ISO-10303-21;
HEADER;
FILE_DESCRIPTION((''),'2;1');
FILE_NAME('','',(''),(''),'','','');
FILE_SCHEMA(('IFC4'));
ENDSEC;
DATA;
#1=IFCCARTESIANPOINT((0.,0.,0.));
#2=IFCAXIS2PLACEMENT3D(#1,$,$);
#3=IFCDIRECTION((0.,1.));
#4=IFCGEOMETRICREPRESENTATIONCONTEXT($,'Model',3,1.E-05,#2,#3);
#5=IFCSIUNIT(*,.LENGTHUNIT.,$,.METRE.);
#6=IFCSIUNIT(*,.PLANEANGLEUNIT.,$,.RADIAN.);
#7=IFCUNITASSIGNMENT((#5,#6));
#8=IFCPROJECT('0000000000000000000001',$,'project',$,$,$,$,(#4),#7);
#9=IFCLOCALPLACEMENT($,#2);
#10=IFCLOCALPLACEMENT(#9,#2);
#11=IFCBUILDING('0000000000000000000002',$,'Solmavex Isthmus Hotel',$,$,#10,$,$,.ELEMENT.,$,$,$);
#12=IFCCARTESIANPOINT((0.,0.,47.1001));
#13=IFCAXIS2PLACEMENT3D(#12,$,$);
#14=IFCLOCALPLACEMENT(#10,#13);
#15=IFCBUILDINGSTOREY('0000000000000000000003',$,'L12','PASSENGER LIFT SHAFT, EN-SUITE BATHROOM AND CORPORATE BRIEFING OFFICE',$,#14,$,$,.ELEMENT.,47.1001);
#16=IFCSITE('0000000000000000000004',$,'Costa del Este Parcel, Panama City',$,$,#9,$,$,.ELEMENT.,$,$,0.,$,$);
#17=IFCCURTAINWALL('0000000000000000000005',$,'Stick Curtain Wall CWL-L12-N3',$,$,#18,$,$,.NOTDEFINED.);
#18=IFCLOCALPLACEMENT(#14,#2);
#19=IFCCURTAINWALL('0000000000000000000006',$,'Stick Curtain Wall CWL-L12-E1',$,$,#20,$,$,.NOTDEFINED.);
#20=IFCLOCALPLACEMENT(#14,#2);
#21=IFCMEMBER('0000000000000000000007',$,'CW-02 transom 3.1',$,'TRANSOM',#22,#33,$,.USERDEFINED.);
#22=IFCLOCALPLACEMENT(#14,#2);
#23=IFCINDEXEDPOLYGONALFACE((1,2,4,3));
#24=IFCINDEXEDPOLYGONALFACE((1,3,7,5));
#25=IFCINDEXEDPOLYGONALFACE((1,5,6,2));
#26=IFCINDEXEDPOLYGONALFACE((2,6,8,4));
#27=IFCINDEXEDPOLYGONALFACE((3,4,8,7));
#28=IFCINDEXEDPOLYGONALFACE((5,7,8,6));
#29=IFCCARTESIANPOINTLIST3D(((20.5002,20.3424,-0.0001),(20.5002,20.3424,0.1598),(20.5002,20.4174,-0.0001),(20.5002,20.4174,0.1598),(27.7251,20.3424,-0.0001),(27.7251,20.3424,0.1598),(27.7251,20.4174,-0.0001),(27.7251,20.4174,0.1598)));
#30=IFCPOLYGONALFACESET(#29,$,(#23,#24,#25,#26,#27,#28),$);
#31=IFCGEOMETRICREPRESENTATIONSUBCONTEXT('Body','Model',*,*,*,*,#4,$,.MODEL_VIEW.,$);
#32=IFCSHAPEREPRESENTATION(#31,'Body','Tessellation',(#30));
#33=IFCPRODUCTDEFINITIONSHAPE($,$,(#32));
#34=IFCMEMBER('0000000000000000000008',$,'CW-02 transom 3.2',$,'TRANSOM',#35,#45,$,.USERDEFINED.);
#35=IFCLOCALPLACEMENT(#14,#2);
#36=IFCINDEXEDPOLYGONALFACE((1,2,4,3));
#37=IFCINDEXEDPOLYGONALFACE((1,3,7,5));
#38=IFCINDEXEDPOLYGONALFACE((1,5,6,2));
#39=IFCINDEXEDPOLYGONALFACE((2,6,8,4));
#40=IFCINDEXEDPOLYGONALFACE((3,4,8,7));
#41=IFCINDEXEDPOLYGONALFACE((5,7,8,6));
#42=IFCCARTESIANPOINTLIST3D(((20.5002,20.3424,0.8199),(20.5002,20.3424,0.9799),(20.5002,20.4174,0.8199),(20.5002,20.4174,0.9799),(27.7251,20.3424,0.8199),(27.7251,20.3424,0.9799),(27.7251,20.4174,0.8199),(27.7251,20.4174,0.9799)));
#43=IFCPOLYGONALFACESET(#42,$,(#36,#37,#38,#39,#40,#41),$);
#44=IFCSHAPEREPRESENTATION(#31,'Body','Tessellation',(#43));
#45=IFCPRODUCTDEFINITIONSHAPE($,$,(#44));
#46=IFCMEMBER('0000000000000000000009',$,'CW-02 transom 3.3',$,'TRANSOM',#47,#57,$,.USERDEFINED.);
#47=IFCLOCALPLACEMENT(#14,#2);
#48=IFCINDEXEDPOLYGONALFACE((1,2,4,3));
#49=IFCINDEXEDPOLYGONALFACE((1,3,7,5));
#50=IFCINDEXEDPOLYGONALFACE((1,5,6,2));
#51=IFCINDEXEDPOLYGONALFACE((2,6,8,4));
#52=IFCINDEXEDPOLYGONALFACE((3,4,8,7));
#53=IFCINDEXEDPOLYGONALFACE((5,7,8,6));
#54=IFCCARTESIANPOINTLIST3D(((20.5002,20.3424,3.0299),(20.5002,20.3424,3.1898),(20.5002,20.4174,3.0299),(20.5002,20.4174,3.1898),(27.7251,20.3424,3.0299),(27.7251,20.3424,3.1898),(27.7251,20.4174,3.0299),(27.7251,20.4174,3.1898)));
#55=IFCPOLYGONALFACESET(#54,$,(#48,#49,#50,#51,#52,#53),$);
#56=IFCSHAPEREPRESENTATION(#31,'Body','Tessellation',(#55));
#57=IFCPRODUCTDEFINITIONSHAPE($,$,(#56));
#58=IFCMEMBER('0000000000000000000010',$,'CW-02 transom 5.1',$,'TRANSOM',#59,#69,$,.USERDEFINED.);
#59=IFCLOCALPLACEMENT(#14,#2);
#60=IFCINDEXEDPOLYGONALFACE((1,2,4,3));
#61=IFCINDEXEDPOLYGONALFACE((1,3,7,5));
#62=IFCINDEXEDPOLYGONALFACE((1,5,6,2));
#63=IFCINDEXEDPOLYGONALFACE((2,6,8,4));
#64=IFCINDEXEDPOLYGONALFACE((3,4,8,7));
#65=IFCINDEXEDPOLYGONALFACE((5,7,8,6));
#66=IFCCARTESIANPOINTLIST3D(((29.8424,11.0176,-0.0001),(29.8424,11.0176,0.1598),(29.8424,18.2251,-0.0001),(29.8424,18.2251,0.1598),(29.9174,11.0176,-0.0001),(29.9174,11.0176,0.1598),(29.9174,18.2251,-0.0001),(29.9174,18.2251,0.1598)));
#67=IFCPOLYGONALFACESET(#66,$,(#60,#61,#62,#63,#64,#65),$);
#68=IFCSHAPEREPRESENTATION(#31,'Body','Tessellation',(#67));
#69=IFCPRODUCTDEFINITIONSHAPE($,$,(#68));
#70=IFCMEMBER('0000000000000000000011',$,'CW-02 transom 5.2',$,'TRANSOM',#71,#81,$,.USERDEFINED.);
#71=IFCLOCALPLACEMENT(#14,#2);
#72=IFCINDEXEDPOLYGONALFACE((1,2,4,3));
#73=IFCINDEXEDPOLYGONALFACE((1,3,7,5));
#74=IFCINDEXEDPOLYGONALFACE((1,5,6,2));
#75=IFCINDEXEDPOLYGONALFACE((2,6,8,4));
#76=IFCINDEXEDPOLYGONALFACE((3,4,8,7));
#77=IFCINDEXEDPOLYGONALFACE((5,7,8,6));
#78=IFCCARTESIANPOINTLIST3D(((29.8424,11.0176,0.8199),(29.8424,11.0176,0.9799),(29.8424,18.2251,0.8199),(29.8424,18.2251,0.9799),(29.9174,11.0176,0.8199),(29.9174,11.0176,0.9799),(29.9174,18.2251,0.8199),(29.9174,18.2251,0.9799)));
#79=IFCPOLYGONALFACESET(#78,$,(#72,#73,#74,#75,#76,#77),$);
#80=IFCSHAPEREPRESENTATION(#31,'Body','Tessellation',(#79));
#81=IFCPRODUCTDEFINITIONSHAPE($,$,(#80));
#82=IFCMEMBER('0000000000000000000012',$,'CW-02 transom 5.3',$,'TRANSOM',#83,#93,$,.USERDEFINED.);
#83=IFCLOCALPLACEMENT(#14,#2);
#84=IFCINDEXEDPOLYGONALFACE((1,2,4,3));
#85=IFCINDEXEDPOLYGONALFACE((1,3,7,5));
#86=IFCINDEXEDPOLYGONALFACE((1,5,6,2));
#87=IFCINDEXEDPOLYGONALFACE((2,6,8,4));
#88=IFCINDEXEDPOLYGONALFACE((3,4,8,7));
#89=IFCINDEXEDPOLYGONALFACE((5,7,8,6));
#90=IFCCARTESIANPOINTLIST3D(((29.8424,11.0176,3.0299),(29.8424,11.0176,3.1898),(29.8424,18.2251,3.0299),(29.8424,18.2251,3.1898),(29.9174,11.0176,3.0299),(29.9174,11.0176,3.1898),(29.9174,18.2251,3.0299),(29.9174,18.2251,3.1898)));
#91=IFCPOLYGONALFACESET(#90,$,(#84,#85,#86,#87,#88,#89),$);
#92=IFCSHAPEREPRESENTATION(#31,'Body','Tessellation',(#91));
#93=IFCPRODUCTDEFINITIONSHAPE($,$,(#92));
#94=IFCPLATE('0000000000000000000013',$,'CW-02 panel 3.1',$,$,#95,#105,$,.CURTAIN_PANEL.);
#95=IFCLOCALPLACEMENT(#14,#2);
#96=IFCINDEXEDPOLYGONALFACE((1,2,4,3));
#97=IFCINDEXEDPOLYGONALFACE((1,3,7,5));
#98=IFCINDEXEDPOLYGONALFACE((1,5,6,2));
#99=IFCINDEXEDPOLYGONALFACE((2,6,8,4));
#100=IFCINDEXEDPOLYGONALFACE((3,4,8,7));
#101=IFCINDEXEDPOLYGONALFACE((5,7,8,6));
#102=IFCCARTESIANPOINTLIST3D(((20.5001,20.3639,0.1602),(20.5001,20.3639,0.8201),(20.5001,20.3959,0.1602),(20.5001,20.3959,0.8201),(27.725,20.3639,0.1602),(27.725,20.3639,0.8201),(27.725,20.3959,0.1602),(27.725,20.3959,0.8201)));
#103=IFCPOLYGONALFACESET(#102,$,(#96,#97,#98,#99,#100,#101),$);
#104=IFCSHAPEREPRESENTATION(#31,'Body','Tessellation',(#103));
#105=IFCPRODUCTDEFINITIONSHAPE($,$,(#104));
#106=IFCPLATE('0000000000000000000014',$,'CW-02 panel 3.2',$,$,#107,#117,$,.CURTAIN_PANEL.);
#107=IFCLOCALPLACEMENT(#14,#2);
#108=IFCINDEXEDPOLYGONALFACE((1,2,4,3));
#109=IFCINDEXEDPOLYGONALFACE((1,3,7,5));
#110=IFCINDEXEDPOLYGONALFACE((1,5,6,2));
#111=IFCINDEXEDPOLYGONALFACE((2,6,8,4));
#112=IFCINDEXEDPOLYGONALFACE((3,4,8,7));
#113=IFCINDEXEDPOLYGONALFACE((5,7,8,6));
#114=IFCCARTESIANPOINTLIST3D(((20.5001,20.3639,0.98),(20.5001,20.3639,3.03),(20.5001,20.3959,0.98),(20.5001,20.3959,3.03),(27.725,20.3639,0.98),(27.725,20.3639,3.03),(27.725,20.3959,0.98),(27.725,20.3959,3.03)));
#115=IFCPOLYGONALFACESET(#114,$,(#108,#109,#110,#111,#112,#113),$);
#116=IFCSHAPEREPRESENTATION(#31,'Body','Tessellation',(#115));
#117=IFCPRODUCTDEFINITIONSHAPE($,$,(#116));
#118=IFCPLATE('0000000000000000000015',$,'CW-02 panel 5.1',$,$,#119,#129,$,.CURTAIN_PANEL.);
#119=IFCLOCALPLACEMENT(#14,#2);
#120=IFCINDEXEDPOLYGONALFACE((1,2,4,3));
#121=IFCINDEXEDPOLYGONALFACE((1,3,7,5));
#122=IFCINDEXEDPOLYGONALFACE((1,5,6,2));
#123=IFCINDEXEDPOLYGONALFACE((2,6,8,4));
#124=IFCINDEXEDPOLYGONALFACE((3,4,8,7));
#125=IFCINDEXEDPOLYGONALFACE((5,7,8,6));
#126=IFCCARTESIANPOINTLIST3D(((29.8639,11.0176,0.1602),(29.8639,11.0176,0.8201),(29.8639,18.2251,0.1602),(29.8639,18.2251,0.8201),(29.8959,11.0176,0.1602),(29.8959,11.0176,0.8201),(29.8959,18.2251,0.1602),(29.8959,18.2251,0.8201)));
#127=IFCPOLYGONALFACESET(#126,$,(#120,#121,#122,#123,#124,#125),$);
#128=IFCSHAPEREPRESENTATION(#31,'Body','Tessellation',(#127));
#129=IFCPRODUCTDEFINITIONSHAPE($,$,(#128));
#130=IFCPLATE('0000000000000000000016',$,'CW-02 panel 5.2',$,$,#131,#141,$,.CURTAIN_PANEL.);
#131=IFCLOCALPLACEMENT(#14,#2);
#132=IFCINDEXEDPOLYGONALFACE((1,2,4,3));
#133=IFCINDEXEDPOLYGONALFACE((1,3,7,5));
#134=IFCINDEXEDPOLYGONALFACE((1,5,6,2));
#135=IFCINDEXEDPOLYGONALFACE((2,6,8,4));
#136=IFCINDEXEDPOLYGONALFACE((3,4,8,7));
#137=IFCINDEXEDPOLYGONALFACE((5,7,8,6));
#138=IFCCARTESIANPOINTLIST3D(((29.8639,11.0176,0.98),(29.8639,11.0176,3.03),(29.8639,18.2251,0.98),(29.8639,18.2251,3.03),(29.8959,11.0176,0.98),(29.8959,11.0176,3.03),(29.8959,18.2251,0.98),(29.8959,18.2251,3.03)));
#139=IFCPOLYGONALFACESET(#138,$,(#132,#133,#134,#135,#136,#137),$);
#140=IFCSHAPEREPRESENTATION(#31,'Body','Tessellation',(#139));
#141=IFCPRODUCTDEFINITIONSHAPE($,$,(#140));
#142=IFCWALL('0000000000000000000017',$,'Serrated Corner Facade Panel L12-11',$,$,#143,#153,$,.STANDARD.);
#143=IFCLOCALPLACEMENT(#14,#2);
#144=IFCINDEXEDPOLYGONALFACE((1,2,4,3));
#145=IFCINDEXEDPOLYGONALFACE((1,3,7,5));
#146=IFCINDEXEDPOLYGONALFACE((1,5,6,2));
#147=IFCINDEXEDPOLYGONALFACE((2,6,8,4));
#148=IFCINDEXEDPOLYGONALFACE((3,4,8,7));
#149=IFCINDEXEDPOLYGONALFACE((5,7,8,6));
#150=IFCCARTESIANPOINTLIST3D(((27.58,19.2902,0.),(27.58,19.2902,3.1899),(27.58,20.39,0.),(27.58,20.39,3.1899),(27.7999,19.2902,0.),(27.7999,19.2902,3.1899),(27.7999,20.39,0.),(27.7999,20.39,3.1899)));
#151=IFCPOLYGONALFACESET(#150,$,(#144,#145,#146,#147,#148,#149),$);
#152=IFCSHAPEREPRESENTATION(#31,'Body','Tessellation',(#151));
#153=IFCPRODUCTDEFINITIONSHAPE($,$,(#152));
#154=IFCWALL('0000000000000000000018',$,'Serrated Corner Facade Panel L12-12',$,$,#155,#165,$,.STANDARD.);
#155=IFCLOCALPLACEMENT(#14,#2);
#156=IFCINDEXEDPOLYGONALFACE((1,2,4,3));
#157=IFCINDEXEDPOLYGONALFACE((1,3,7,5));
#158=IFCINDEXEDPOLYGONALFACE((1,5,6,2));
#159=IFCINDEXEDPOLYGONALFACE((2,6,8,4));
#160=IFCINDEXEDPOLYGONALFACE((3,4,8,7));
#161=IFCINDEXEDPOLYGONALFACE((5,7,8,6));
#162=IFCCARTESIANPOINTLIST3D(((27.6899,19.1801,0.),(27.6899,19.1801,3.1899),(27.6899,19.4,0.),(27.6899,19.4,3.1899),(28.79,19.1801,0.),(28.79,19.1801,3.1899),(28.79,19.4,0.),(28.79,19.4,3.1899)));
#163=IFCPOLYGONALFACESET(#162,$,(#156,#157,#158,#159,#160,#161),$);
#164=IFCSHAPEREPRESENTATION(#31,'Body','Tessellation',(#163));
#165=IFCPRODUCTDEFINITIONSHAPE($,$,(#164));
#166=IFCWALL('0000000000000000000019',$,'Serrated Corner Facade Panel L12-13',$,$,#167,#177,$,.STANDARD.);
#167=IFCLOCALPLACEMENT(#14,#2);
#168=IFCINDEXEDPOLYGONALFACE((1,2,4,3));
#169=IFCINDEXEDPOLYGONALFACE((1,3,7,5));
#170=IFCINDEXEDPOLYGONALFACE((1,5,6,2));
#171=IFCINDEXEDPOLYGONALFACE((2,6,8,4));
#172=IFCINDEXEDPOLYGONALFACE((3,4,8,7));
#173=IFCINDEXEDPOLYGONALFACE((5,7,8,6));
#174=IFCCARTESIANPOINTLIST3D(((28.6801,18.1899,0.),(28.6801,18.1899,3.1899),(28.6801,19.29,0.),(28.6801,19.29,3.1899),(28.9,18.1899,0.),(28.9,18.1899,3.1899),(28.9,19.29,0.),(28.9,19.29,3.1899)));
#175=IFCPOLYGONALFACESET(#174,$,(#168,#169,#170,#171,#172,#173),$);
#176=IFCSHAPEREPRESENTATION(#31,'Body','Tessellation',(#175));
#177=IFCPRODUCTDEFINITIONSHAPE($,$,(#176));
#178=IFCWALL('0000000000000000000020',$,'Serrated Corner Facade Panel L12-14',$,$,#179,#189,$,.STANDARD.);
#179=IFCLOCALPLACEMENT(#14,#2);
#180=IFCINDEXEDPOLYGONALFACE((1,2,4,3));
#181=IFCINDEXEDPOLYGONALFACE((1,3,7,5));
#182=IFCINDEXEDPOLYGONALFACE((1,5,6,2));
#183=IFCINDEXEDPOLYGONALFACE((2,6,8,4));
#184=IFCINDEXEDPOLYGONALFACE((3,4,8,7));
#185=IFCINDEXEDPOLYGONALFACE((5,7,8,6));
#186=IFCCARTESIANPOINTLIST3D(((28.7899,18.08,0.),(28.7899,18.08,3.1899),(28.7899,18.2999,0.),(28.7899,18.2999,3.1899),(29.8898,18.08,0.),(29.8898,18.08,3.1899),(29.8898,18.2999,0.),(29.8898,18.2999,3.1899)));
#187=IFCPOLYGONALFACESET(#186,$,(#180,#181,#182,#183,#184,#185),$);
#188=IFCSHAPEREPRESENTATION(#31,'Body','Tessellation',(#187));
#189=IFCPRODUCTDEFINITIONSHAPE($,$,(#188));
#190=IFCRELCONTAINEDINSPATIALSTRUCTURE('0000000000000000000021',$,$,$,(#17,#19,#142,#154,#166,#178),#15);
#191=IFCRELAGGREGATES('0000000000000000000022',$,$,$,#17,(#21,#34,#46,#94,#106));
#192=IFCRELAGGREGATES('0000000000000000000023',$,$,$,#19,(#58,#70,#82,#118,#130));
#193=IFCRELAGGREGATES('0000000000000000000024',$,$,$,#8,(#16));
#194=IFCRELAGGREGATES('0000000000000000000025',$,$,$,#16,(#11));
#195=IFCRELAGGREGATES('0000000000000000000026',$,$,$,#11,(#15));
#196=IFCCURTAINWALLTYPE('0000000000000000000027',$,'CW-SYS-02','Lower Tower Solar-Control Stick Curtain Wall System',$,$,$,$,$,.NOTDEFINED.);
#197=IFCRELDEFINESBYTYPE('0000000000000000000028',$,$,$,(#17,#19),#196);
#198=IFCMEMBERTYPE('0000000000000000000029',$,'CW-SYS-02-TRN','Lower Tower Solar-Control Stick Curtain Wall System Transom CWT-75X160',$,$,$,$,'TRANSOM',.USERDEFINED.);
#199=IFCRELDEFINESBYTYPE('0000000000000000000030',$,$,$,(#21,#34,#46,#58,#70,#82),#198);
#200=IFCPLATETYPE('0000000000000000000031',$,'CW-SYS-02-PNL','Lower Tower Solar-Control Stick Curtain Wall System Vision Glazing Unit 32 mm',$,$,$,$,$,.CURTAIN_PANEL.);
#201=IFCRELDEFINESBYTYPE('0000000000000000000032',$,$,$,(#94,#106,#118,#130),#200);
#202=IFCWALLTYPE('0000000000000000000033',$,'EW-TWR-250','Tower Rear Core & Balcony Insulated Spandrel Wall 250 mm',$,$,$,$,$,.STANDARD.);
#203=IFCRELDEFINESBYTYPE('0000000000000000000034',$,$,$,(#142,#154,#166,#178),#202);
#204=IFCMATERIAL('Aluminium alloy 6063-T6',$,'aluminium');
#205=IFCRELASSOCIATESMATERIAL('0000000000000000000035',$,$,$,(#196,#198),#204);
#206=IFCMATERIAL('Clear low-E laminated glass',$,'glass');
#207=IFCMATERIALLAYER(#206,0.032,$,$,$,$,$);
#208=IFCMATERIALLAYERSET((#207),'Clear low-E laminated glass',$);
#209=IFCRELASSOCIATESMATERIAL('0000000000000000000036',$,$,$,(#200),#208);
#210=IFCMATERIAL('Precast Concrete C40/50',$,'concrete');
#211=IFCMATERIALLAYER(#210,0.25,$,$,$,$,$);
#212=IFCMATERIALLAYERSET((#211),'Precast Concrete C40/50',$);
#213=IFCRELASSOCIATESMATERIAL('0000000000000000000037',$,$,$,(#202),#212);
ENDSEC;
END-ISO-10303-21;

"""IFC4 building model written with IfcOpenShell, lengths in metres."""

from ifc_helpers import new_model, si_unit, direction, frame, frame_2d, origin, origin_2d, place, context, subcontext, project, spatial, rectangle, extrude, material, layer, layer_set, material_profile, profile_set, type_object, element, aggregate, save


model = new_model("IFC4")

# Units and contexts
model_context = context("Model", 3, precision=1e-05, world=origin(), true_north=direction((0.0, 1.0)))
body_context = subcontext(model_context, "Body", "Model", "MODEL_VIEW")
ifc_project = project(units=[si_unit("LENGTHUNIT", "METRE"), si_unit("PLANEANGLEUNIT", "RADIAN")], contexts=[model_context])

# Site, building, storey
site_placement = place(None, origin())
site = spatial("IfcSite", under=ifc_project, at=site_placement, Name="Costa del Este Parcel, Panama City", CompositionType="ELEMENT", RefElevation=0.0)
building_placement = place(site_placement, origin())
building = spatial("IfcBuilding", under=site, at=building_placement, Name="Solmavex Isthmus Hotel", CompositionType="ELEMENT")
storey_placement = place(building_placement, frame((0.0, 0.0, 47.1001)))
storey = spatial("IfcBuildingStorey", under=building, at=storey_placement, Name="L12", Description="PASSENGER LIFT SHAFT, EN-SUITE BATHROOM AND CORPORATE BRIEFING OFFICE", CompositionType="ELEMENT", Elevation=47.1001)

# Curtain wall
ifc_material_1 = material(Name="Aluminium alloy 6063-T6", Category="aluminium")
curtain_wall_type = type_object("IfcCurtainWallType", Name="CW-SYS-02", Description="Lower Tower Solar-Control Stick Curtain Wall System", PredefinedType="NOTDEFINED", material=ifc_material_1)
curtain_wall_1_placement = place(storey_placement, origin())
curtain_wall_1 = element("IfcCurtainWall", 1, at=curtain_wall_1_placement, inside=storey, type_object=curtain_wall_type, Name="Stick Curtain Wall CWL-L12-N3", PredefinedType="NOTDEFINED")

# Curtain wall
curtain_wall_2_placement = place(storey_placement, origin())
curtain_wall_2 = element("IfcCurtainWall", 2, at=curtain_wall_2_placement, inside=storey, type_object=curtain_wall_type, Name="Stick Curtain Wall CWL-L12-E1", PredefinedType="NOTDEFINED")

# Members
ifc_material_profile_1 = material_profile(ifc_material_1, rectangle(XDim=0.075, YDim=0.1599, at=origin_2d()), Name="CWT-75X160")
ifc_profile_set_1 = profile_set([ifc_material_profile_1], Name="Aluminium alloy 6063-T6")
member_type_1 = type_object("IfcMemberType", Name="CW-SYS-02-TRN", Description="Lower Tower Solar-Control Stick Curtain Wall System Transom CWT-75X160", ElementType="TRANSOM", PredefinedType="USERDEFINED", material=ifc_profile_set_1)
member_1_placement = place(storey_placement, frame((20.5002, 20.3799, 0.0798), z_axis=(1.0, 0.0, 0.0), x_axis=(0.0, 1.0, 0.0)))
member_1 = element("IfcMember", 3, at=member_1_placement, type_object=member_type_1, Name="CW-02 transom 3.1", ObjectType="TRANSOM", PredefinedType="USERDEFINED", context=body_context, shape_type="SweptSolid", body=[
    extrude(rectangle(XDim=0.075, YDim=0.1599, at=origin_2d()), origin(), (0.0, 0.0, 1.0), 7.2249),
])
member_2_placement = place(storey_placement, frame((20.5002, 20.3799, 0.8999), z_axis=(1.0, 0.0, 0.0), x_axis=(0.0, 1.0, 0.0)))
member_2 = element("IfcMember", 4, at=member_2_placement, type_object=member_type_1, Name="CW-02 transom 3.2", ObjectType="TRANSOM", PredefinedType="USERDEFINED", context=body_context, shape_type="SweptSolid", body=[
    extrude(rectangle(XDim=0.075, YDim=0.1599, at=origin_2d()), origin(), (0.0, 0.0, 1.0), 7.2249),
])
member_3_placement = place(storey_placement, frame((20.5002, 20.3799, 3.1099), z_axis=(1.0, 0.0, 0.0), x_axis=(0.0, 1.0, 0.0)))
member_3 = element("IfcMember", 5, at=member_3_placement, type_object=member_type_1, Name="CW-02 transom 3.3", ObjectType="TRANSOM", PredefinedType="USERDEFINED", context=body_context, shape_type="SweptSolid", body=[
    extrude(rectangle(XDim=0.075, YDim=0.1599, at=origin_2d()), origin(), (0.0, 0.0, 1.0), 7.2249),
])
member_4_placement = place(storey_placement, frame((29.8799, 11.0176, 0.0798), z_axis=(0.0, 1.0, 0.0), x_axis=(-1.0, 0.0, 0.0)))
member_4 = element("IfcMember", 6, at=member_4_placement, type_object=member_type_1, Name="CW-02 transom 5.1", ObjectType="TRANSOM", PredefinedType="USERDEFINED", context=body_context, shape_type="SweptSolid", body=[
    extrude(rectangle(XDim=0.075, YDim=0.1599, at=origin_2d()), origin(), (0.0, 0.0, 1.0), 7.2075),
])
member_5_placement = place(storey_placement, frame((29.8799, 11.0176, 0.8999), z_axis=(0.0, 1.0, 0.0), x_axis=(-1.0, 0.0, 0.0)))
member_5 = element("IfcMember", 7, at=member_5_placement, type_object=member_type_1, Name="CW-02 transom 5.2", ObjectType="TRANSOM", PredefinedType="USERDEFINED", context=body_context, shape_type="SweptSolid", body=[
    extrude(rectangle(XDim=0.075, YDim=0.1599, at=origin_2d()), origin(), (0.0, 0.0, 1.0), 7.2075),
])
member_6_placement = place(storey_placement, frame((29.8799, 11.0176, 3.1099), z_axis=(0.0, 1.0, 0.0), x_axis=(-1.0, 0.0, 0.0)))
member_6 = element("IfcMember", 8, at=member_6_placement, type_object=member_type_1, Name="CW-02 transom 5.3", ObjectType="TRANSOM", PredefinedType="USERDEFINED", context=body_context, shape_type="SweptSolid", body=[
    extrude(rectangle(XDim=0.075, YDim=0.1599, at=origin_2d()), origin(), (0.0, 0.0, 1.0), 7.2075),
])

# Plates
ifc_material_2 = material(Name="Clear low-E laminated glass", Category="glass")
ifc_layer_1 = layer(ifc_material_2, 0.032)
ifc_layer_set_1 = layer_set([ifc_layer_1], Name="Clear low-E laminated glass")
plate_type = type_object("IfcPlateType", Name="CW-SYS-02-PNL", Description="Lower Tower Solar-Control Stick Curtain Wall System Vision Glazing Unit 32 mm", PredefinedType="CURTAIN_PANEL", material=ifc_layer_set_1)
plate_1_placement = place(storey_placement, frame((24.1125, 20.3799, 0.1602), z_axis=(0.0, 0.0, 1.0), x_axis=(1.0, 0.0, 0.0)))
plate_1 = element("IfcPlate", 9, at=plate_1_placement, type_object=plate_type, Name="CW-02 panel 3.1", PredefinedType="CURTAIN_PANEL", context=body_context, shape_type="SweptSolid", body=[
    extrude(rectangle(XDim=7.2249, YDim=0.032, at=origin_2d()), origin(), (0.0, 0.0, 1.0), 0.6599),
])
plate_2_placement = place(storey_placement, frame((24.1125, 20.3799, 0.98), z_axis=(0.0, 0.0, 1.0), x_axis=(1.0, 0.0, 0.0)))
plate_2 = element("IfcPlate", 10, at=plate_2_placement, type_object=plate_type, Name="CW-02 panel 3.2", PredefinedType="CURTAIN_PANEL", context=body_context, shape_type="SweptSolid", body=[
    extrude(rectangle(XDim=7.2249, YDim=0.032, at=origin_2d()), origin(), (0.0, 0.0, 1.0), 2.05),
])
aggregate(curtain_wall_1, [member_1, member_2, member_3, plate_1, plate_2])
plate_3_placement = place(storey_placement, frame((29.8799, 14.6213, 0.1602), z_axis=(0.0, 0.0, 1.0), x_axis=(0.0, 1.0, 0.0)))
plate_3 = element("IfcPlate", 11, at=plate_3_placement, type_object=plate_type, Name="CW-02 panel 5.1", PredefinedType="CURTAIN_PANEL", context=body_context, shape_type="SweptSolid", body=[
    extrude(rectangle(XDim=7.2075, YDim=0.032, at=origin_2d()), origin(), (0.0, 0.0, 1.0), 0.6599),
])
plate_4_placement = place(storey_placement, frame((29.8799, 14.6213, 0.98), z_axis=(0.0, 0.0, 1.0), x_axis=(0.0, 1.0, 0.0)))
plate_4 = element("IfcPlate", 12, at=plate_4_placement, type_object=plate_type, Name="CW-02 panel 5.2", PredefinedType="CURTAIN_PANEL", context=body_context, shape_type="SweptSolid", body=[
    extrude(rectangle(XDim=7.2075, YDim=0.032, at=origin_2d()), origin(), (0.0, 0.0, 1.0), 2.05),
])
aggregate(curtain_wall_2, [member_4, member_5, member_6, plate_3, plate_4])

# Walls
ifc_material_3 = material(Name="Precast Concrete C40/50", Category="concrete")
ifc_layer_2 = layer(ifc_material_3, 0.25)
ifc_layer_set_2 = layer_set([ifc_layer_2], Name="Precast Concrete C40/50")
wall_type_1 = type_object("IfcWallType", Name="EW-TWR-250", Description="Tower Rear Core & Balcony Insulated Spandrel Wall 250 mm", PredefinedType="STANDARD", material=ifc_layer_set_2)
wall_1_placement = place(storey_placement, frame((27.6899, 20.3899, 0.0), z_axis=(0.0, 0.0, 1.0), x_axis=(0.0, -1.0, 0.0)))
element("IfcWall", 13, at=wall_1_placement, inside=storey, type_object=wall_type_1, Name="Serrated Corner Facade Panel L12-11", PredefinedType="STANDARD", context=body_context, shape_type="SweptSolid", body=[
    extrude(rectangle(XDim=1.0999, YDim=0.22, at=frame_2d((0.5498, 0.0))), origin(), (0.0, 0.0, 1.0), 3.1899),
])
for number, where, z_axis, x_axis, name in (
    (14, (27.6899, 19.29, 0.0), (0.0, 0.0, 1.0), (1.0, 0.0, 0.0), "Serrated Corner Facade Panel L12-12"),
    (15, (28.79, 19.29, 0.0), (0.0, 0.0, 1.0), (0.0, -1.0, 0.0), "Serrated Corner Facade Panel L12-13"),
):
    element("IfcWall", number, at=place(storey_placement, frame(where, z_axis=z_axis, x_axis=x_axis)), inside=storey, type_object=wall_type_1, Name=name, PredefinedType="STANDARD", context=body_context, shape_type="SweptSolid", body=[
        extrude(rectangle(XDim=1.1001, YDim=0.22, at=frame_2d((0.55, 0.0))), origin(), (0.0, 0.0, 1.0), 3.1899),
    ])
wall_2_placement = place(storey_placement, frame((28.79, 18.1899, 0.0), z_axis=(0.0, 0.0, 1.0), x_axis=(1.0, 0.0, 0.0)))
element("IfcWall", 16, at=wall_2_placement, inside=storey, type_object=wall_type_1, Name="Serrated Corner Facade Panel L12-14", PredefinedType="STANDARD", context=body_context, shape_type="SweptSolid", body=[
    extrude(rectangle(XDim=1.0999, YDim=0.22, at=frame_2d((0.5498, 0.0))), origin(), (0.0, 0.0, 1.0), 3.1899),
])

save(model, "model.ifc")
